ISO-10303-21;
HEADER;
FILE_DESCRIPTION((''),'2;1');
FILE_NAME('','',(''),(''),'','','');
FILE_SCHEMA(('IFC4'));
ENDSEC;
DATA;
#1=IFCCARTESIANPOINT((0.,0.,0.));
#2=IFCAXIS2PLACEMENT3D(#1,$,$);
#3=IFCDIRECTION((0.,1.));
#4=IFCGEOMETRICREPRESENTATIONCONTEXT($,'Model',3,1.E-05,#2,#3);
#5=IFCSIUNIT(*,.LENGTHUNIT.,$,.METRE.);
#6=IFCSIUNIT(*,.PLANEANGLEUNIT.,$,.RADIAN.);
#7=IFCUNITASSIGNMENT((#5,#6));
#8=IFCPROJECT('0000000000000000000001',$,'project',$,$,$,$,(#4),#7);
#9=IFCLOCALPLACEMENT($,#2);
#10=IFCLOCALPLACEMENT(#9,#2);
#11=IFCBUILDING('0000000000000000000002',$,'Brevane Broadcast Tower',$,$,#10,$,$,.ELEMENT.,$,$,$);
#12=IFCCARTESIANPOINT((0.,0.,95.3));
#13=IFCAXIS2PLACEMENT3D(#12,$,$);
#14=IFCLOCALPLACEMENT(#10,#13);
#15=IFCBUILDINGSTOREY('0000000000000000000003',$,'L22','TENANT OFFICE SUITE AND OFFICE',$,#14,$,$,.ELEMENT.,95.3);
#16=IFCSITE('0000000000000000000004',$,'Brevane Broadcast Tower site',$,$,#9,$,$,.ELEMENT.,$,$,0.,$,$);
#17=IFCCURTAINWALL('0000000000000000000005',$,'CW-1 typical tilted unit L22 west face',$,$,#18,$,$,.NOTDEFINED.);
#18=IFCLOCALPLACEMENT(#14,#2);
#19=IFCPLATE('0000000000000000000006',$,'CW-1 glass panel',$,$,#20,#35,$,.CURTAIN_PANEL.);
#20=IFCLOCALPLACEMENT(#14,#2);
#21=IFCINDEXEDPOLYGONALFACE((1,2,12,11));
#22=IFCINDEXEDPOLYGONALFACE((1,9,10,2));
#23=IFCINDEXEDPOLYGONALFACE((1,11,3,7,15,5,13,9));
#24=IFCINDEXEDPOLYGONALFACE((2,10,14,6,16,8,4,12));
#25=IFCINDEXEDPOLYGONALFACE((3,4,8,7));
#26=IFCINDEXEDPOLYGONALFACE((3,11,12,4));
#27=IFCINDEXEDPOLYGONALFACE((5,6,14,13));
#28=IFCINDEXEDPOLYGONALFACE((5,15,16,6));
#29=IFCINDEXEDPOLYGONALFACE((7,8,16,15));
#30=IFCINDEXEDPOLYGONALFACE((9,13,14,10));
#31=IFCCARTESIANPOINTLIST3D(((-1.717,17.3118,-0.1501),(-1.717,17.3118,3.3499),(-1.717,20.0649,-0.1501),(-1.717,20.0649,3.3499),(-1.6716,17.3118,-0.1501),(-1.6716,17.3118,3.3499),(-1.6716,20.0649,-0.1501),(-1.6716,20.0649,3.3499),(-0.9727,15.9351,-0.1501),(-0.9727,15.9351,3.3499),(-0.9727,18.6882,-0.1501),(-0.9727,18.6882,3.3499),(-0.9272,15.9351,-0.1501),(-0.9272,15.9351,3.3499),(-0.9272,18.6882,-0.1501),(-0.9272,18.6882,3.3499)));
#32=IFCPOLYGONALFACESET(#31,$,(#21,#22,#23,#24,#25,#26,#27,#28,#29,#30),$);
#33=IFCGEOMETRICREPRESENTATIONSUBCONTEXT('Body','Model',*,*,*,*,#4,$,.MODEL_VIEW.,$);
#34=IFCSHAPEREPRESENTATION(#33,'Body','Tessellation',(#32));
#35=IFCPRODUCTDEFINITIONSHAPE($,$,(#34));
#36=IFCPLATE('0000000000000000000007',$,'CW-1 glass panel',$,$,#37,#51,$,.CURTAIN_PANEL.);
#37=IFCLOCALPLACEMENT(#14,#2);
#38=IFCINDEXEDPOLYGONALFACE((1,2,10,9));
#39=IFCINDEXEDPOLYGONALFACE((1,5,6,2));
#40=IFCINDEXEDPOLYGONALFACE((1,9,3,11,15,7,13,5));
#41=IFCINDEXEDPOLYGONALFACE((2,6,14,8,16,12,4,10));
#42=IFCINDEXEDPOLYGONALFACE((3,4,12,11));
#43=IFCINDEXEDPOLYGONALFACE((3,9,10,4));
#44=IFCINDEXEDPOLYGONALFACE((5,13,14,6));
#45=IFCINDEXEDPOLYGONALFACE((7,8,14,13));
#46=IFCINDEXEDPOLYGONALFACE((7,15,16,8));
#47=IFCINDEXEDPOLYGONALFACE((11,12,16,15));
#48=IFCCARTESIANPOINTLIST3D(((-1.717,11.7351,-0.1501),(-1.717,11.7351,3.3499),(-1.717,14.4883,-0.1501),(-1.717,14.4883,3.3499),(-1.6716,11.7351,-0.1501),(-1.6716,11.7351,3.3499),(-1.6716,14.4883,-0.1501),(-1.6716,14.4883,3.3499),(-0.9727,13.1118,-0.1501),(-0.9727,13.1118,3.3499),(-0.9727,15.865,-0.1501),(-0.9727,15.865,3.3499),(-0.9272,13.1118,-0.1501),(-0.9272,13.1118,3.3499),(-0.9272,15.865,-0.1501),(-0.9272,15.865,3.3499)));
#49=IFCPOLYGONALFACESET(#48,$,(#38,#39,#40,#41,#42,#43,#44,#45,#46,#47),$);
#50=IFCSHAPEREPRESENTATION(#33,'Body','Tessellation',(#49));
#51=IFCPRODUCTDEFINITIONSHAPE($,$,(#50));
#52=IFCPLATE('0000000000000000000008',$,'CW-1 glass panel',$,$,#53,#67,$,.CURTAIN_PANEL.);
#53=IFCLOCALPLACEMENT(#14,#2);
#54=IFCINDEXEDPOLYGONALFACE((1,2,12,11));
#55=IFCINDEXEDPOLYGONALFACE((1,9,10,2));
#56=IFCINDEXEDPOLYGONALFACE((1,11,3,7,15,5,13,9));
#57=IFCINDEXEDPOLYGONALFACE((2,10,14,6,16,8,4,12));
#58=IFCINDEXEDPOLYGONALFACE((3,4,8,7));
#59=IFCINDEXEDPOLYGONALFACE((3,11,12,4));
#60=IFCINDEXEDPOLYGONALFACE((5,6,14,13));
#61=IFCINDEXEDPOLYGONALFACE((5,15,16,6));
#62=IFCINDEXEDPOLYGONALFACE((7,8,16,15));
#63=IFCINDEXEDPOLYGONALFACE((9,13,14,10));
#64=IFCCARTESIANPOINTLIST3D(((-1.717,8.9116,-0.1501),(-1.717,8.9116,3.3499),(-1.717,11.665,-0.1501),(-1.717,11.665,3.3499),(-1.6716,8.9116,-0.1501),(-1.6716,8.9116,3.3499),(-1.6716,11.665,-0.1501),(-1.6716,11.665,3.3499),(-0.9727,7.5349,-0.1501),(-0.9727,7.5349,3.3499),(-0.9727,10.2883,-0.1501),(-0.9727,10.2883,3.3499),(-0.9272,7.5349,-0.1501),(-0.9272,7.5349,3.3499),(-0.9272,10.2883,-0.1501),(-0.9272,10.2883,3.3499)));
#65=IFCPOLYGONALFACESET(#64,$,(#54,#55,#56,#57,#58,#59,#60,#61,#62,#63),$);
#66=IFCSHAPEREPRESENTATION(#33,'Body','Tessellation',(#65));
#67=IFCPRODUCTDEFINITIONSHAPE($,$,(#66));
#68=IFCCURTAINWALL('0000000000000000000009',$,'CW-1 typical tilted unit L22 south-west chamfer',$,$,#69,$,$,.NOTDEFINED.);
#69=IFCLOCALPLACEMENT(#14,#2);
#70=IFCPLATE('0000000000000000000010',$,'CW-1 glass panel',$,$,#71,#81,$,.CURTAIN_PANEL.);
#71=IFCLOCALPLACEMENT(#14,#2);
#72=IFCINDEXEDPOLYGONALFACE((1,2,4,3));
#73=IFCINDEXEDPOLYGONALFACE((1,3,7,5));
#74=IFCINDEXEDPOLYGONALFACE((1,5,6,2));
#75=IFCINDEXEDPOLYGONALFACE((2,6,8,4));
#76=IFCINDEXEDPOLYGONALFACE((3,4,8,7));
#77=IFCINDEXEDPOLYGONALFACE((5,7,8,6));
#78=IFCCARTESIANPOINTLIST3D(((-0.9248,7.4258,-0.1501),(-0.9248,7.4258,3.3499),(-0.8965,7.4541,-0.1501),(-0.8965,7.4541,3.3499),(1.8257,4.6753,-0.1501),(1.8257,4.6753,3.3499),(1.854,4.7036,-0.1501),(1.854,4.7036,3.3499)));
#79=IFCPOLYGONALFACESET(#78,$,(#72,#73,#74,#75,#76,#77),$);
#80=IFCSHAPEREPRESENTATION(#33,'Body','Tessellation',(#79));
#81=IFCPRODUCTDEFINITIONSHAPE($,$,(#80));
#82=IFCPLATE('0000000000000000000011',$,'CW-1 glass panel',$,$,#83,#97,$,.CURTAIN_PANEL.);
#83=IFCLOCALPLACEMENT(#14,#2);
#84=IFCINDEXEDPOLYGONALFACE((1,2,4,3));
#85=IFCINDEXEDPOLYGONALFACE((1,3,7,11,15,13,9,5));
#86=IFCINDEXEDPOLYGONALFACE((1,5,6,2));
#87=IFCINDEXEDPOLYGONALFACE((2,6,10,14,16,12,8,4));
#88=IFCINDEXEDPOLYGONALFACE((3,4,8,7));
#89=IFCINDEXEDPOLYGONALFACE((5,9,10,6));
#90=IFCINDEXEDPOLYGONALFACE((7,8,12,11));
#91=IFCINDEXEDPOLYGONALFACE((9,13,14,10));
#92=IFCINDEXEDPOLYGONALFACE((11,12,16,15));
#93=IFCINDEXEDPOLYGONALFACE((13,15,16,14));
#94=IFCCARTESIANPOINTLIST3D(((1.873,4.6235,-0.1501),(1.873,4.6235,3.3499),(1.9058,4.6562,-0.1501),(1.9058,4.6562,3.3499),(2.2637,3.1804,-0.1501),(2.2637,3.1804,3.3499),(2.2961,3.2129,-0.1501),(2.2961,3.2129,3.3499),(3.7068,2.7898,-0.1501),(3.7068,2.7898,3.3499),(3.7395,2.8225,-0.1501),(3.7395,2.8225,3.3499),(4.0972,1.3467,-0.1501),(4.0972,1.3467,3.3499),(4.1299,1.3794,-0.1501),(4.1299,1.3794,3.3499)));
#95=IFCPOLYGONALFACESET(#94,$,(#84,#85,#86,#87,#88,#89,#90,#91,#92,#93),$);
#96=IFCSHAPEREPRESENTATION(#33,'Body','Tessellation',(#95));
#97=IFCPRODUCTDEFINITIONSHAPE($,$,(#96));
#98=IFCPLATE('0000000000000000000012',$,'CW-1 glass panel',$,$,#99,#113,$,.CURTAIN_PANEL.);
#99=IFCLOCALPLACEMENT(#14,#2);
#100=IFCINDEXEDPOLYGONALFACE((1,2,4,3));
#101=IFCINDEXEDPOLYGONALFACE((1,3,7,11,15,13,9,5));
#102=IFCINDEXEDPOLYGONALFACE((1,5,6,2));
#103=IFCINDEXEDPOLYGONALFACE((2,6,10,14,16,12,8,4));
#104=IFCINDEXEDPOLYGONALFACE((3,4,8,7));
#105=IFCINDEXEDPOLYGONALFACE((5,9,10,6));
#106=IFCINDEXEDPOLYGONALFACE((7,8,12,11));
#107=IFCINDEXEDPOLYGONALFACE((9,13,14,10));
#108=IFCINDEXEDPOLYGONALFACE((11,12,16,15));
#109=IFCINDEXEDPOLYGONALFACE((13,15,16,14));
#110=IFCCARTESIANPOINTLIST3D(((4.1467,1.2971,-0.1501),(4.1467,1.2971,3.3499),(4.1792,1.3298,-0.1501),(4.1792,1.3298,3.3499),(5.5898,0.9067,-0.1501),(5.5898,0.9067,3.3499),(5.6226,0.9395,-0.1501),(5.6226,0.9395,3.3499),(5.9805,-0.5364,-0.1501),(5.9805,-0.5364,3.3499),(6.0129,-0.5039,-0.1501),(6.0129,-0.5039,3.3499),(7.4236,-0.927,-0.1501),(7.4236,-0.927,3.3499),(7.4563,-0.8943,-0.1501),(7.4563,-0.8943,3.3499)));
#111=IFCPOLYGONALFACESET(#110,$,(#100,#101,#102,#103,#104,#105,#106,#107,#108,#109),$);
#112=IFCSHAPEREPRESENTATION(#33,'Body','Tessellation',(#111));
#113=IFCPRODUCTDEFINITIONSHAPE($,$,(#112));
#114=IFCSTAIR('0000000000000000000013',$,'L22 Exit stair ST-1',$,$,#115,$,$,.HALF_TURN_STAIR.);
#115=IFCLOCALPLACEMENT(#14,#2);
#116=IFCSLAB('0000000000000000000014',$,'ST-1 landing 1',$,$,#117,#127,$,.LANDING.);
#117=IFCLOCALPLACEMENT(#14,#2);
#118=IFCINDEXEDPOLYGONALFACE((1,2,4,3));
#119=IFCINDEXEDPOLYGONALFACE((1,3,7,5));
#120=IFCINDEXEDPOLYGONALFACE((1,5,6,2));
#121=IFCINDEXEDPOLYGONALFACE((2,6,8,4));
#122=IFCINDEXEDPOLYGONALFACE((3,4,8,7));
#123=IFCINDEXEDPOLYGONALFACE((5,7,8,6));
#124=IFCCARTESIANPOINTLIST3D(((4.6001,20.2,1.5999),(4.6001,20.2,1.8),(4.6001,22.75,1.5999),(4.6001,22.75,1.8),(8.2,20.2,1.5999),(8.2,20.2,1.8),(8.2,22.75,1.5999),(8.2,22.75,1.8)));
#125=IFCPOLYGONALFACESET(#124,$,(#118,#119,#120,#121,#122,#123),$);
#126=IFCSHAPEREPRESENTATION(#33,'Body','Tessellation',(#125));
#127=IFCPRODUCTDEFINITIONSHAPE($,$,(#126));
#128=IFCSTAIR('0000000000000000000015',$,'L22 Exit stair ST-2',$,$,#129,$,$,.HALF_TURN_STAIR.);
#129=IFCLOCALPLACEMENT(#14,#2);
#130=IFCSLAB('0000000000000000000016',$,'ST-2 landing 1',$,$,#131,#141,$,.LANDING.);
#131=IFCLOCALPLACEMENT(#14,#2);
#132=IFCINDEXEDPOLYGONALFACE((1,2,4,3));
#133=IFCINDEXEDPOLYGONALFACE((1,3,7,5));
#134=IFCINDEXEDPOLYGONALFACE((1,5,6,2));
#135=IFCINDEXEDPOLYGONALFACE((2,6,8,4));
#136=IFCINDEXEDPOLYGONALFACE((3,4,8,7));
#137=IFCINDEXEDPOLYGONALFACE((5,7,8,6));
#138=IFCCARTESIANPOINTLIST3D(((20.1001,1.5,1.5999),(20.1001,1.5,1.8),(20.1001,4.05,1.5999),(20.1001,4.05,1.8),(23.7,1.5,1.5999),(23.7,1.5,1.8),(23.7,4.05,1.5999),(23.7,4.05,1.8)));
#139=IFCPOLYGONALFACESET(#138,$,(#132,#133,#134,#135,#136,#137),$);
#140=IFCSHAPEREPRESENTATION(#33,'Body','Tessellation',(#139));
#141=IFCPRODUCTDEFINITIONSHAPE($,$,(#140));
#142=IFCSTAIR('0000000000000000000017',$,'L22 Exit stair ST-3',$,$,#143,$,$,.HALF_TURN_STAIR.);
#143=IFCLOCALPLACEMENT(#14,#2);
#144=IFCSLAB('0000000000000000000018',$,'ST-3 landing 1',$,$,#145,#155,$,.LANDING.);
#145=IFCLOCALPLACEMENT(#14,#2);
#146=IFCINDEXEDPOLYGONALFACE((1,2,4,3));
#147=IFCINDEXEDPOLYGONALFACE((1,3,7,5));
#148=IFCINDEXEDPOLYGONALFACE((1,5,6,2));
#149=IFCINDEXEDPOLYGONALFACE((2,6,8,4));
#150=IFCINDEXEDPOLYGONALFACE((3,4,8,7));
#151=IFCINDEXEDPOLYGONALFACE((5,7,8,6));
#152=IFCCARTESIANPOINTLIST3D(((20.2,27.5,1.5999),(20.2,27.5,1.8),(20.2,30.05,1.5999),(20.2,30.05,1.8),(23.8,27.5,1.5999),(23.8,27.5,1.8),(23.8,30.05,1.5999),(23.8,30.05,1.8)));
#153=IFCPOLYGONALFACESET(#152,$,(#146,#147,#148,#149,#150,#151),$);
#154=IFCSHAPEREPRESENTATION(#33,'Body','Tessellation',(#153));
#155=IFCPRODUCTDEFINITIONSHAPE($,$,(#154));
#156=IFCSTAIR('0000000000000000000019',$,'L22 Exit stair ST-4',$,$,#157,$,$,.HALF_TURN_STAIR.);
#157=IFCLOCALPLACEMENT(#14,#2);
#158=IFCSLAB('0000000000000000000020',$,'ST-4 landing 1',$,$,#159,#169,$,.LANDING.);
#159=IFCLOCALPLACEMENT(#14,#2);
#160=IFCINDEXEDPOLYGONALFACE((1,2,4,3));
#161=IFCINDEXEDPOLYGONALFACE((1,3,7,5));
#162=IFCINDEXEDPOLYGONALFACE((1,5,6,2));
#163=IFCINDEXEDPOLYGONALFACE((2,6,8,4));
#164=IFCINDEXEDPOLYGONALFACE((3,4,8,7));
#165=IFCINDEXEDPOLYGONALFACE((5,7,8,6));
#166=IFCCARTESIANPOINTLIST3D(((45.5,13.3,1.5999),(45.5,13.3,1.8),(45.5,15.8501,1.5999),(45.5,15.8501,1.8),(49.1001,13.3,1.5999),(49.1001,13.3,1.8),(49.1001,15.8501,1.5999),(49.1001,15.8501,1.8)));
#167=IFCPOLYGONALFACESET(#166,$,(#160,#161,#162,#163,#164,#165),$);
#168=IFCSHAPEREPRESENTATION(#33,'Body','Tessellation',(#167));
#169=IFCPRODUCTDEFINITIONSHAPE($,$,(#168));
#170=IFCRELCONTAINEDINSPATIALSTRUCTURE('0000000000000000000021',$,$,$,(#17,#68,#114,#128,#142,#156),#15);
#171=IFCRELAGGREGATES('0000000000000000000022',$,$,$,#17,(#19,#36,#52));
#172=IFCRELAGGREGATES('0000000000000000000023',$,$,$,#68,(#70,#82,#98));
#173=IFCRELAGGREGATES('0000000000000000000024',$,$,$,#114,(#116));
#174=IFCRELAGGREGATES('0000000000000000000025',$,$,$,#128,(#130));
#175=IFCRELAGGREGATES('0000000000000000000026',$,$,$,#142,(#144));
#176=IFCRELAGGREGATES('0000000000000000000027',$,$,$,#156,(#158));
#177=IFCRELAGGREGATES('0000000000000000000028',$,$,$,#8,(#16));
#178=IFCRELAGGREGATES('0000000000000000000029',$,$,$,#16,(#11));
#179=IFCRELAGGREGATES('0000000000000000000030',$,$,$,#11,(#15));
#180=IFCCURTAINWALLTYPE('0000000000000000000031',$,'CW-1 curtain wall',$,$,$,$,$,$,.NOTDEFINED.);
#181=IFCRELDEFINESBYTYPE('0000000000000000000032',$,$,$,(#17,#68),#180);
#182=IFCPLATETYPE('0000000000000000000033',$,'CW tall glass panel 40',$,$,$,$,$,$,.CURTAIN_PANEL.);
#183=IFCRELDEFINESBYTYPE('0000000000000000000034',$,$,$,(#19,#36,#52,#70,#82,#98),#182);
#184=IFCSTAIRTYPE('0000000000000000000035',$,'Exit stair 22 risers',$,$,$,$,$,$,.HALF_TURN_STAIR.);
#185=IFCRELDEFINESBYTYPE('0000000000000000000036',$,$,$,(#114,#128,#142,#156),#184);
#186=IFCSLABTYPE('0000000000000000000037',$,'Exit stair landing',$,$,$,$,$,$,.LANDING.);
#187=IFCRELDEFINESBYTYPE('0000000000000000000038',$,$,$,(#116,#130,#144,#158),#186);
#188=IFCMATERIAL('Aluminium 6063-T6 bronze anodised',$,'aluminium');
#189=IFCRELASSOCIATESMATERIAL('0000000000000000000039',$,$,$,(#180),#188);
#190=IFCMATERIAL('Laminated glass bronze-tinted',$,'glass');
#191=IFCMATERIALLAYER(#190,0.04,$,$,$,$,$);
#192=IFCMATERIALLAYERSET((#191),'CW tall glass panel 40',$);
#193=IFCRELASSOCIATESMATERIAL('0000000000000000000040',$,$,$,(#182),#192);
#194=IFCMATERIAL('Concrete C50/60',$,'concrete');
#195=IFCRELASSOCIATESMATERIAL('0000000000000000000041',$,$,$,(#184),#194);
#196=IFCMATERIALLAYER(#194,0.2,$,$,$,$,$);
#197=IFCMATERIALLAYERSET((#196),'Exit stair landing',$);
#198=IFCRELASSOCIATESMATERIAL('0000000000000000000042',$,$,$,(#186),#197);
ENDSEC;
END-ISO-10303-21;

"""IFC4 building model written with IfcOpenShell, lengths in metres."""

from ifc_helpers import new_model, si_unit, direction, frame, origin, place, context, subcontext, project, spatial, polyline, outline, extrude, material, layer, layer_set, type_object, element, aggregate, save


model = new_model("IFC4")

# Units and contexts
model_context = context("Model", 3, precision=1e-05, world=origin(), true_north=direction((0.0, 1.0)))
body_context = subcontext(model_context, "Body", "Model", "MODEL_VIEW")
ifc_project = project(units=[si_unit("LENGTHUNIT", "METRE"), si_unit("PLANEANGLEUNIT", "RADIAN")], contexts=[model_context])

# Site, building, storey
site_placement = place(None, origin())
site = spatial("IfcSite", under=ifc_project, at=site_placement, Name="Brevane Broadcast Tower site", CompositionType="ELEMENT", RefElevation=0.0)
building_placement = place(site_placement, origin())
building = spatial("IfcBuilding", under=site, at=building_placement, Name="Brevane Broadcast Tower", CompositionType="ELEMENT")
storey_placement = place(building_placement, frame((0.0, 0.0, 95.3)))
storey = spatial("IfcBuildingStorey", under=building, at=storey_placement, Name="L22", Description="TENANT OFFICE SUITE AND OFFICE", CompositionType="ELEMENT", Elevation=95.3)

# Shared definitions
ifc_material_1 = material(Name="Aluminium 6063-T6 bronze anodised", Category="aluminium")
curtain_wall_type = type_object("IfcCurtainWallType", Name="CW-1 curtain wall", PredefinedType="NOTDEFINED", material=ifc_material_1)
ifc_material_2 = material(Name="Laminated glass bronze-tinted", Category="glass")
ifc_layer_1 = layer(ifc_material_2, 0.04)
ifc_layer_set_1 = layer_set([ifc_layer_1], Name="CW tall glass panel 40")
plate_type = type_object("IfcPlateType", Name="CW tall glass panel 40", PredefinedType="CURTAIN_PANEL", material=ifc_layer_set_1)

# Curtain walls, plates
curtain_wall_1_placement = place(storey_placement, origin())
curtain_wall_1 = element("IfcCurtainWall", 1, at=curtain_wall_1_placement, inside=storey, type_object=curtain_wall_type, Name="CW-1 typical tilted unit L22 west face", PredefinedType="NOTDEFINED")
plate_1_placement = place(storey_placement, frame((0.0, 0.0, -0.1501)))
plate_1 = element("IfcPlate", 2, at=plate_1_placement, type_object=plate_type, Name="CW-1 glass panel", PredefinedType="CURTAIN_PANEL", context=body_context, shape_type="SweptSolid", body=[
    extrude(outline(polyline([(-1.6716, 20.0649), (-1.717, 20.0649), (-0.9727, 18.6882), (-1.717, 17.3118), (-0.9727, 15.9351), (-0.9272, 15.9351), (-1.6716, 17.3118), (-0.9272, 18.6882), (-1.6716, 20.0649)])), origin(), (0.0, 0.0, 1.0), 3.5),
])
plate_2_placement = place(storey_placement, frame((0.0, 0.0, -0.1501)))
plate_2 = element("IfcPlate", 3, at=plate_2_placement, type_object=plate_type, Name="CW-1 glass panel", PredefinedType="CURTAIN_PANEL", context=body_context, shape_type="SweptSolid", body=[
    extrude(outline(polyline([(-0.9272, 15.865), (-0.9727, 15.865), (-1.717, 14.4883), (-0.9727, 13.1118), (-1.717, 11.7351), (-1.6716, 11.7351), (-0.9272, 13.1118), (-1.6716, 14.4883), (-0.9272, 15.865)])), origin(), (0.0, 0.0, 1.0), 3.5),
])
plate_3_placement = place(storey_placement, frame((0.0, 0.0, -0.1501)))
plate_3 = element("IfcPlate", 4, at=plate_3_placement, type_object=plate_type, Name="CW-1 glass panel", PredefinedType="CURTAIN_PANEL", context=body_context, shape_type="SweptSolid", body=[
    extrude(outline(polyline([(-1.6716, 11.665), (-1.717, 11.665), (-0.9727, 10.2883), (-1.717, 8.9116), (-0.9727, 7.5349), (-0.9272, 7.5349), (-1.6716, 8.9116), (-0.9272, 10.2883), (-1.6716, 11.665)])), origin(), (0.0, 0.0, 1.0), 3.5),
])
aggregate(curtain_wall_1, [plate_1, plate_2, plate_3])
curtain_wall_2_placement = place(storey_placement, origin())
curtain_wall_2 = element("IfcCurtainWall", 5, at=curtain_wall_2_placement, inside=storey, type_object=curtain_wall_type, Name="CW-1 typical tilted unit L22 south-west chamfer", PredefinedType="NOTDEFINED")
plate_4_placement = place(storey_placement, frame((0.0, 0.0, -0.1501)))
plate_4 = element("IfcPlate", 6, at=plate_4_placement, type_object=plate_type, Name="CW-1 glass panel", PredefinedType="CURTAIN_PANEL", context=body_context, shape_type="SweptSolid", body=[
    extrude(outline(polyline([(-0.8965, 7.4541), (1.854, 4.7036), (1.8257, 4.6753), (-0.9248, 7.4258), (-0.8965, 7.4541)])), origin(), (0.0, 0.0, 1.0), 3.5),
])
plate_5_placement = place(storey_placement, frame((0.0, 0.0, -0.1501)))
plate_5 = element("IfcPlate", 7, at=plate_5_placement, type_object=plate_type, Name="CW-1 glass panel", PredefinedType="CURTAIN_PANEL", context=body_context, shape_type="SweptSolid", body=[
    extrude(outline(polyline([(1.9058, 4.6562), (1.873, 4.6235), (2.2637, 3.1804), (3.7068, 2.7898), (4.0972, 1.3467), (4.1299, 1.3794), (3.7395, 2.8225), (2.2961, 3.2129), (1.9058, 4.6562)])), origin(), (0.0, 0.0, 1.0), 3.5),
])
plate_6_placement = place(storey_placement, frame((0.0, 0.0, -0.1501)))
plate_6 = element("IfcPlate", 8, at=plate_6_placement, type_object=plate_type, Name="CW-1 glass panel", PredefinedType="CURTAIN_PANEL", context=body_context, shape_type="SweptSolid", body=[
    extrude(outline(polyline([(4.1792, 1.3298), (4.1467, 1.2971), (5.5898, 0.9067), (5.9805, -0.5364), (7.4236, -0.927), (7.4563, -0.8943), (6.0129, -0.5039), (5.6226, 0.9395), (4.1792, 1.3298)])), origin(), (0.0, 0.0, 1.0), 3.5),
])
aggregate(curtain_wall_2, [plate_4, plate_5, plate_6])

# Stairs, slabs
ifc_material_3 = material(Name="Concrete C50/60", Category="concrete")
stair_type = type_object("IfcStairType", Name="Exit stair 22 risers", PredefinedType="HALF_TURN_STAIR", material=ifc_material_3)
stair_1_placement = place(storey_placement, origin())
stair_1 = element("IfcStair", 9, at=stair_1_placement, inside=storey, type_object=stair_type, Name="L22 Exit stair ST-1", PredefinedType="HALF_TURN_STAIR")
ifc_layer_2 = layer(ifc_material_3, 0.2)
ifc_layer_set_2 = layer_set([ifc_layer_2], Name="Exit stair landing")
slab_type_1 = type_object("IfcSlabType", Name="Exit stair landing", PredefinedType="LANDING", material=ifc_layer_set_2)
slab_1_placement = place(storey_placement, frame((0.0, 0.0, 1.5999)))
slab_1 = element("IfcSlab", 10, at=slab_1_placement, type_object=slab_type_1, Name="ST-1 landing 1", PredefinedType="LANDING", context=body_context, shape_type="SweptSolid", body=[
    extrude(outline(polyline([(4.6001, 20.2), (8.2, 20.2), (8.2, 22.75), (4.6001, 22.75), (4.6001, 20.2)])), origin(), (0.0, 0.0, 1.0), 0.2002),
])
aggregate(stair_1, [slab_1])
stair_2_placement = place(storey_placement, origin())
stair_2 = element("IfcStair", 11, at=stair_2_placement, inside=storey, type_object=stair_type, Name="L22 Exit stair ST-2", PredefinedType="HALF_TURN_STAIR")
slab_2_placement = place(storey_placement, frame((0.0, 0.0, 1.5999)))
slab_2 = element("IfcSlab", 12, at=slab_2_placement, type_object=slab_type_1, Name="ST-2 landing 1", PredefinedType="LANDING", context=body_context, shape_type="SweptSolid", body=[
    extrude(outline(polyline([(20.1001, 1.5), (23.7, 1.5), (23.7, 4.05), (20.1001, 4.05), (20.1001, 1.5)])), origin(), (0.0, 0.0, 1.0), 0.2002),
])
aggregate(stair_2, [slab_2])
stair_3_placement = place(storey_placement, origin())
stair_3 = element("IfcStair", 13, at=stair_3_placement, inside=storey, type_object=stair_type, Name="L22 Exit stair ST-3", PredefinedType="HALF_TURN_STAIR")
slab_3_placement = place(storey_placement, frame((0.0, 0.0, 1.5999)))
slab_3 = element("IfcSlab", 14, at=slab_3_placement, type_object=slab_type_1, Name="ST-3 landing 1", PredefinedType="LANDING", context=body_context, shape_type="SweptSolid", body=[
    extrude(outline(polyline([(20.2, 27.5), (23.8, 27.5), (23.8, 30.05), (20.2, 30.05), (20.2, 27.5)])), origin(), (0.0, 0.0, 1.0), 0.2002),
])
aggregate(stair_3, [slab_3])
stair_4_placement = place(storey_placement, origin())
stair_4 = element("IfcStair", 15, at=stair_4_placement, inside=storey, type_object=stair_type, Name="L22 Exit stair ST-4", PredefinedType="HALF_TURN_STAIR")
slab_4_placement = place(storey_placement, frame((0.0, 0.0, 1.5999)))
slab_4 = element("IfcSlab", 16, at=slab_4_placement, type_object=slab_type_1, Name="ST-4 landing 1", PredefinedType="LANDING", context=body_context, shape_type="SweptSolid", body=[
    extrude(outline(polyline([(45.5, 13.3), (49.1001, 13.3), (49.1001, 15.8501), (45.5, 15.8501), (45.5, 13.3)])), origin(), (0.0, 0.0, 1.0), 0.2002),
])
aggregate(stair_4, [slab_4])

save(model, "model.ifc")
